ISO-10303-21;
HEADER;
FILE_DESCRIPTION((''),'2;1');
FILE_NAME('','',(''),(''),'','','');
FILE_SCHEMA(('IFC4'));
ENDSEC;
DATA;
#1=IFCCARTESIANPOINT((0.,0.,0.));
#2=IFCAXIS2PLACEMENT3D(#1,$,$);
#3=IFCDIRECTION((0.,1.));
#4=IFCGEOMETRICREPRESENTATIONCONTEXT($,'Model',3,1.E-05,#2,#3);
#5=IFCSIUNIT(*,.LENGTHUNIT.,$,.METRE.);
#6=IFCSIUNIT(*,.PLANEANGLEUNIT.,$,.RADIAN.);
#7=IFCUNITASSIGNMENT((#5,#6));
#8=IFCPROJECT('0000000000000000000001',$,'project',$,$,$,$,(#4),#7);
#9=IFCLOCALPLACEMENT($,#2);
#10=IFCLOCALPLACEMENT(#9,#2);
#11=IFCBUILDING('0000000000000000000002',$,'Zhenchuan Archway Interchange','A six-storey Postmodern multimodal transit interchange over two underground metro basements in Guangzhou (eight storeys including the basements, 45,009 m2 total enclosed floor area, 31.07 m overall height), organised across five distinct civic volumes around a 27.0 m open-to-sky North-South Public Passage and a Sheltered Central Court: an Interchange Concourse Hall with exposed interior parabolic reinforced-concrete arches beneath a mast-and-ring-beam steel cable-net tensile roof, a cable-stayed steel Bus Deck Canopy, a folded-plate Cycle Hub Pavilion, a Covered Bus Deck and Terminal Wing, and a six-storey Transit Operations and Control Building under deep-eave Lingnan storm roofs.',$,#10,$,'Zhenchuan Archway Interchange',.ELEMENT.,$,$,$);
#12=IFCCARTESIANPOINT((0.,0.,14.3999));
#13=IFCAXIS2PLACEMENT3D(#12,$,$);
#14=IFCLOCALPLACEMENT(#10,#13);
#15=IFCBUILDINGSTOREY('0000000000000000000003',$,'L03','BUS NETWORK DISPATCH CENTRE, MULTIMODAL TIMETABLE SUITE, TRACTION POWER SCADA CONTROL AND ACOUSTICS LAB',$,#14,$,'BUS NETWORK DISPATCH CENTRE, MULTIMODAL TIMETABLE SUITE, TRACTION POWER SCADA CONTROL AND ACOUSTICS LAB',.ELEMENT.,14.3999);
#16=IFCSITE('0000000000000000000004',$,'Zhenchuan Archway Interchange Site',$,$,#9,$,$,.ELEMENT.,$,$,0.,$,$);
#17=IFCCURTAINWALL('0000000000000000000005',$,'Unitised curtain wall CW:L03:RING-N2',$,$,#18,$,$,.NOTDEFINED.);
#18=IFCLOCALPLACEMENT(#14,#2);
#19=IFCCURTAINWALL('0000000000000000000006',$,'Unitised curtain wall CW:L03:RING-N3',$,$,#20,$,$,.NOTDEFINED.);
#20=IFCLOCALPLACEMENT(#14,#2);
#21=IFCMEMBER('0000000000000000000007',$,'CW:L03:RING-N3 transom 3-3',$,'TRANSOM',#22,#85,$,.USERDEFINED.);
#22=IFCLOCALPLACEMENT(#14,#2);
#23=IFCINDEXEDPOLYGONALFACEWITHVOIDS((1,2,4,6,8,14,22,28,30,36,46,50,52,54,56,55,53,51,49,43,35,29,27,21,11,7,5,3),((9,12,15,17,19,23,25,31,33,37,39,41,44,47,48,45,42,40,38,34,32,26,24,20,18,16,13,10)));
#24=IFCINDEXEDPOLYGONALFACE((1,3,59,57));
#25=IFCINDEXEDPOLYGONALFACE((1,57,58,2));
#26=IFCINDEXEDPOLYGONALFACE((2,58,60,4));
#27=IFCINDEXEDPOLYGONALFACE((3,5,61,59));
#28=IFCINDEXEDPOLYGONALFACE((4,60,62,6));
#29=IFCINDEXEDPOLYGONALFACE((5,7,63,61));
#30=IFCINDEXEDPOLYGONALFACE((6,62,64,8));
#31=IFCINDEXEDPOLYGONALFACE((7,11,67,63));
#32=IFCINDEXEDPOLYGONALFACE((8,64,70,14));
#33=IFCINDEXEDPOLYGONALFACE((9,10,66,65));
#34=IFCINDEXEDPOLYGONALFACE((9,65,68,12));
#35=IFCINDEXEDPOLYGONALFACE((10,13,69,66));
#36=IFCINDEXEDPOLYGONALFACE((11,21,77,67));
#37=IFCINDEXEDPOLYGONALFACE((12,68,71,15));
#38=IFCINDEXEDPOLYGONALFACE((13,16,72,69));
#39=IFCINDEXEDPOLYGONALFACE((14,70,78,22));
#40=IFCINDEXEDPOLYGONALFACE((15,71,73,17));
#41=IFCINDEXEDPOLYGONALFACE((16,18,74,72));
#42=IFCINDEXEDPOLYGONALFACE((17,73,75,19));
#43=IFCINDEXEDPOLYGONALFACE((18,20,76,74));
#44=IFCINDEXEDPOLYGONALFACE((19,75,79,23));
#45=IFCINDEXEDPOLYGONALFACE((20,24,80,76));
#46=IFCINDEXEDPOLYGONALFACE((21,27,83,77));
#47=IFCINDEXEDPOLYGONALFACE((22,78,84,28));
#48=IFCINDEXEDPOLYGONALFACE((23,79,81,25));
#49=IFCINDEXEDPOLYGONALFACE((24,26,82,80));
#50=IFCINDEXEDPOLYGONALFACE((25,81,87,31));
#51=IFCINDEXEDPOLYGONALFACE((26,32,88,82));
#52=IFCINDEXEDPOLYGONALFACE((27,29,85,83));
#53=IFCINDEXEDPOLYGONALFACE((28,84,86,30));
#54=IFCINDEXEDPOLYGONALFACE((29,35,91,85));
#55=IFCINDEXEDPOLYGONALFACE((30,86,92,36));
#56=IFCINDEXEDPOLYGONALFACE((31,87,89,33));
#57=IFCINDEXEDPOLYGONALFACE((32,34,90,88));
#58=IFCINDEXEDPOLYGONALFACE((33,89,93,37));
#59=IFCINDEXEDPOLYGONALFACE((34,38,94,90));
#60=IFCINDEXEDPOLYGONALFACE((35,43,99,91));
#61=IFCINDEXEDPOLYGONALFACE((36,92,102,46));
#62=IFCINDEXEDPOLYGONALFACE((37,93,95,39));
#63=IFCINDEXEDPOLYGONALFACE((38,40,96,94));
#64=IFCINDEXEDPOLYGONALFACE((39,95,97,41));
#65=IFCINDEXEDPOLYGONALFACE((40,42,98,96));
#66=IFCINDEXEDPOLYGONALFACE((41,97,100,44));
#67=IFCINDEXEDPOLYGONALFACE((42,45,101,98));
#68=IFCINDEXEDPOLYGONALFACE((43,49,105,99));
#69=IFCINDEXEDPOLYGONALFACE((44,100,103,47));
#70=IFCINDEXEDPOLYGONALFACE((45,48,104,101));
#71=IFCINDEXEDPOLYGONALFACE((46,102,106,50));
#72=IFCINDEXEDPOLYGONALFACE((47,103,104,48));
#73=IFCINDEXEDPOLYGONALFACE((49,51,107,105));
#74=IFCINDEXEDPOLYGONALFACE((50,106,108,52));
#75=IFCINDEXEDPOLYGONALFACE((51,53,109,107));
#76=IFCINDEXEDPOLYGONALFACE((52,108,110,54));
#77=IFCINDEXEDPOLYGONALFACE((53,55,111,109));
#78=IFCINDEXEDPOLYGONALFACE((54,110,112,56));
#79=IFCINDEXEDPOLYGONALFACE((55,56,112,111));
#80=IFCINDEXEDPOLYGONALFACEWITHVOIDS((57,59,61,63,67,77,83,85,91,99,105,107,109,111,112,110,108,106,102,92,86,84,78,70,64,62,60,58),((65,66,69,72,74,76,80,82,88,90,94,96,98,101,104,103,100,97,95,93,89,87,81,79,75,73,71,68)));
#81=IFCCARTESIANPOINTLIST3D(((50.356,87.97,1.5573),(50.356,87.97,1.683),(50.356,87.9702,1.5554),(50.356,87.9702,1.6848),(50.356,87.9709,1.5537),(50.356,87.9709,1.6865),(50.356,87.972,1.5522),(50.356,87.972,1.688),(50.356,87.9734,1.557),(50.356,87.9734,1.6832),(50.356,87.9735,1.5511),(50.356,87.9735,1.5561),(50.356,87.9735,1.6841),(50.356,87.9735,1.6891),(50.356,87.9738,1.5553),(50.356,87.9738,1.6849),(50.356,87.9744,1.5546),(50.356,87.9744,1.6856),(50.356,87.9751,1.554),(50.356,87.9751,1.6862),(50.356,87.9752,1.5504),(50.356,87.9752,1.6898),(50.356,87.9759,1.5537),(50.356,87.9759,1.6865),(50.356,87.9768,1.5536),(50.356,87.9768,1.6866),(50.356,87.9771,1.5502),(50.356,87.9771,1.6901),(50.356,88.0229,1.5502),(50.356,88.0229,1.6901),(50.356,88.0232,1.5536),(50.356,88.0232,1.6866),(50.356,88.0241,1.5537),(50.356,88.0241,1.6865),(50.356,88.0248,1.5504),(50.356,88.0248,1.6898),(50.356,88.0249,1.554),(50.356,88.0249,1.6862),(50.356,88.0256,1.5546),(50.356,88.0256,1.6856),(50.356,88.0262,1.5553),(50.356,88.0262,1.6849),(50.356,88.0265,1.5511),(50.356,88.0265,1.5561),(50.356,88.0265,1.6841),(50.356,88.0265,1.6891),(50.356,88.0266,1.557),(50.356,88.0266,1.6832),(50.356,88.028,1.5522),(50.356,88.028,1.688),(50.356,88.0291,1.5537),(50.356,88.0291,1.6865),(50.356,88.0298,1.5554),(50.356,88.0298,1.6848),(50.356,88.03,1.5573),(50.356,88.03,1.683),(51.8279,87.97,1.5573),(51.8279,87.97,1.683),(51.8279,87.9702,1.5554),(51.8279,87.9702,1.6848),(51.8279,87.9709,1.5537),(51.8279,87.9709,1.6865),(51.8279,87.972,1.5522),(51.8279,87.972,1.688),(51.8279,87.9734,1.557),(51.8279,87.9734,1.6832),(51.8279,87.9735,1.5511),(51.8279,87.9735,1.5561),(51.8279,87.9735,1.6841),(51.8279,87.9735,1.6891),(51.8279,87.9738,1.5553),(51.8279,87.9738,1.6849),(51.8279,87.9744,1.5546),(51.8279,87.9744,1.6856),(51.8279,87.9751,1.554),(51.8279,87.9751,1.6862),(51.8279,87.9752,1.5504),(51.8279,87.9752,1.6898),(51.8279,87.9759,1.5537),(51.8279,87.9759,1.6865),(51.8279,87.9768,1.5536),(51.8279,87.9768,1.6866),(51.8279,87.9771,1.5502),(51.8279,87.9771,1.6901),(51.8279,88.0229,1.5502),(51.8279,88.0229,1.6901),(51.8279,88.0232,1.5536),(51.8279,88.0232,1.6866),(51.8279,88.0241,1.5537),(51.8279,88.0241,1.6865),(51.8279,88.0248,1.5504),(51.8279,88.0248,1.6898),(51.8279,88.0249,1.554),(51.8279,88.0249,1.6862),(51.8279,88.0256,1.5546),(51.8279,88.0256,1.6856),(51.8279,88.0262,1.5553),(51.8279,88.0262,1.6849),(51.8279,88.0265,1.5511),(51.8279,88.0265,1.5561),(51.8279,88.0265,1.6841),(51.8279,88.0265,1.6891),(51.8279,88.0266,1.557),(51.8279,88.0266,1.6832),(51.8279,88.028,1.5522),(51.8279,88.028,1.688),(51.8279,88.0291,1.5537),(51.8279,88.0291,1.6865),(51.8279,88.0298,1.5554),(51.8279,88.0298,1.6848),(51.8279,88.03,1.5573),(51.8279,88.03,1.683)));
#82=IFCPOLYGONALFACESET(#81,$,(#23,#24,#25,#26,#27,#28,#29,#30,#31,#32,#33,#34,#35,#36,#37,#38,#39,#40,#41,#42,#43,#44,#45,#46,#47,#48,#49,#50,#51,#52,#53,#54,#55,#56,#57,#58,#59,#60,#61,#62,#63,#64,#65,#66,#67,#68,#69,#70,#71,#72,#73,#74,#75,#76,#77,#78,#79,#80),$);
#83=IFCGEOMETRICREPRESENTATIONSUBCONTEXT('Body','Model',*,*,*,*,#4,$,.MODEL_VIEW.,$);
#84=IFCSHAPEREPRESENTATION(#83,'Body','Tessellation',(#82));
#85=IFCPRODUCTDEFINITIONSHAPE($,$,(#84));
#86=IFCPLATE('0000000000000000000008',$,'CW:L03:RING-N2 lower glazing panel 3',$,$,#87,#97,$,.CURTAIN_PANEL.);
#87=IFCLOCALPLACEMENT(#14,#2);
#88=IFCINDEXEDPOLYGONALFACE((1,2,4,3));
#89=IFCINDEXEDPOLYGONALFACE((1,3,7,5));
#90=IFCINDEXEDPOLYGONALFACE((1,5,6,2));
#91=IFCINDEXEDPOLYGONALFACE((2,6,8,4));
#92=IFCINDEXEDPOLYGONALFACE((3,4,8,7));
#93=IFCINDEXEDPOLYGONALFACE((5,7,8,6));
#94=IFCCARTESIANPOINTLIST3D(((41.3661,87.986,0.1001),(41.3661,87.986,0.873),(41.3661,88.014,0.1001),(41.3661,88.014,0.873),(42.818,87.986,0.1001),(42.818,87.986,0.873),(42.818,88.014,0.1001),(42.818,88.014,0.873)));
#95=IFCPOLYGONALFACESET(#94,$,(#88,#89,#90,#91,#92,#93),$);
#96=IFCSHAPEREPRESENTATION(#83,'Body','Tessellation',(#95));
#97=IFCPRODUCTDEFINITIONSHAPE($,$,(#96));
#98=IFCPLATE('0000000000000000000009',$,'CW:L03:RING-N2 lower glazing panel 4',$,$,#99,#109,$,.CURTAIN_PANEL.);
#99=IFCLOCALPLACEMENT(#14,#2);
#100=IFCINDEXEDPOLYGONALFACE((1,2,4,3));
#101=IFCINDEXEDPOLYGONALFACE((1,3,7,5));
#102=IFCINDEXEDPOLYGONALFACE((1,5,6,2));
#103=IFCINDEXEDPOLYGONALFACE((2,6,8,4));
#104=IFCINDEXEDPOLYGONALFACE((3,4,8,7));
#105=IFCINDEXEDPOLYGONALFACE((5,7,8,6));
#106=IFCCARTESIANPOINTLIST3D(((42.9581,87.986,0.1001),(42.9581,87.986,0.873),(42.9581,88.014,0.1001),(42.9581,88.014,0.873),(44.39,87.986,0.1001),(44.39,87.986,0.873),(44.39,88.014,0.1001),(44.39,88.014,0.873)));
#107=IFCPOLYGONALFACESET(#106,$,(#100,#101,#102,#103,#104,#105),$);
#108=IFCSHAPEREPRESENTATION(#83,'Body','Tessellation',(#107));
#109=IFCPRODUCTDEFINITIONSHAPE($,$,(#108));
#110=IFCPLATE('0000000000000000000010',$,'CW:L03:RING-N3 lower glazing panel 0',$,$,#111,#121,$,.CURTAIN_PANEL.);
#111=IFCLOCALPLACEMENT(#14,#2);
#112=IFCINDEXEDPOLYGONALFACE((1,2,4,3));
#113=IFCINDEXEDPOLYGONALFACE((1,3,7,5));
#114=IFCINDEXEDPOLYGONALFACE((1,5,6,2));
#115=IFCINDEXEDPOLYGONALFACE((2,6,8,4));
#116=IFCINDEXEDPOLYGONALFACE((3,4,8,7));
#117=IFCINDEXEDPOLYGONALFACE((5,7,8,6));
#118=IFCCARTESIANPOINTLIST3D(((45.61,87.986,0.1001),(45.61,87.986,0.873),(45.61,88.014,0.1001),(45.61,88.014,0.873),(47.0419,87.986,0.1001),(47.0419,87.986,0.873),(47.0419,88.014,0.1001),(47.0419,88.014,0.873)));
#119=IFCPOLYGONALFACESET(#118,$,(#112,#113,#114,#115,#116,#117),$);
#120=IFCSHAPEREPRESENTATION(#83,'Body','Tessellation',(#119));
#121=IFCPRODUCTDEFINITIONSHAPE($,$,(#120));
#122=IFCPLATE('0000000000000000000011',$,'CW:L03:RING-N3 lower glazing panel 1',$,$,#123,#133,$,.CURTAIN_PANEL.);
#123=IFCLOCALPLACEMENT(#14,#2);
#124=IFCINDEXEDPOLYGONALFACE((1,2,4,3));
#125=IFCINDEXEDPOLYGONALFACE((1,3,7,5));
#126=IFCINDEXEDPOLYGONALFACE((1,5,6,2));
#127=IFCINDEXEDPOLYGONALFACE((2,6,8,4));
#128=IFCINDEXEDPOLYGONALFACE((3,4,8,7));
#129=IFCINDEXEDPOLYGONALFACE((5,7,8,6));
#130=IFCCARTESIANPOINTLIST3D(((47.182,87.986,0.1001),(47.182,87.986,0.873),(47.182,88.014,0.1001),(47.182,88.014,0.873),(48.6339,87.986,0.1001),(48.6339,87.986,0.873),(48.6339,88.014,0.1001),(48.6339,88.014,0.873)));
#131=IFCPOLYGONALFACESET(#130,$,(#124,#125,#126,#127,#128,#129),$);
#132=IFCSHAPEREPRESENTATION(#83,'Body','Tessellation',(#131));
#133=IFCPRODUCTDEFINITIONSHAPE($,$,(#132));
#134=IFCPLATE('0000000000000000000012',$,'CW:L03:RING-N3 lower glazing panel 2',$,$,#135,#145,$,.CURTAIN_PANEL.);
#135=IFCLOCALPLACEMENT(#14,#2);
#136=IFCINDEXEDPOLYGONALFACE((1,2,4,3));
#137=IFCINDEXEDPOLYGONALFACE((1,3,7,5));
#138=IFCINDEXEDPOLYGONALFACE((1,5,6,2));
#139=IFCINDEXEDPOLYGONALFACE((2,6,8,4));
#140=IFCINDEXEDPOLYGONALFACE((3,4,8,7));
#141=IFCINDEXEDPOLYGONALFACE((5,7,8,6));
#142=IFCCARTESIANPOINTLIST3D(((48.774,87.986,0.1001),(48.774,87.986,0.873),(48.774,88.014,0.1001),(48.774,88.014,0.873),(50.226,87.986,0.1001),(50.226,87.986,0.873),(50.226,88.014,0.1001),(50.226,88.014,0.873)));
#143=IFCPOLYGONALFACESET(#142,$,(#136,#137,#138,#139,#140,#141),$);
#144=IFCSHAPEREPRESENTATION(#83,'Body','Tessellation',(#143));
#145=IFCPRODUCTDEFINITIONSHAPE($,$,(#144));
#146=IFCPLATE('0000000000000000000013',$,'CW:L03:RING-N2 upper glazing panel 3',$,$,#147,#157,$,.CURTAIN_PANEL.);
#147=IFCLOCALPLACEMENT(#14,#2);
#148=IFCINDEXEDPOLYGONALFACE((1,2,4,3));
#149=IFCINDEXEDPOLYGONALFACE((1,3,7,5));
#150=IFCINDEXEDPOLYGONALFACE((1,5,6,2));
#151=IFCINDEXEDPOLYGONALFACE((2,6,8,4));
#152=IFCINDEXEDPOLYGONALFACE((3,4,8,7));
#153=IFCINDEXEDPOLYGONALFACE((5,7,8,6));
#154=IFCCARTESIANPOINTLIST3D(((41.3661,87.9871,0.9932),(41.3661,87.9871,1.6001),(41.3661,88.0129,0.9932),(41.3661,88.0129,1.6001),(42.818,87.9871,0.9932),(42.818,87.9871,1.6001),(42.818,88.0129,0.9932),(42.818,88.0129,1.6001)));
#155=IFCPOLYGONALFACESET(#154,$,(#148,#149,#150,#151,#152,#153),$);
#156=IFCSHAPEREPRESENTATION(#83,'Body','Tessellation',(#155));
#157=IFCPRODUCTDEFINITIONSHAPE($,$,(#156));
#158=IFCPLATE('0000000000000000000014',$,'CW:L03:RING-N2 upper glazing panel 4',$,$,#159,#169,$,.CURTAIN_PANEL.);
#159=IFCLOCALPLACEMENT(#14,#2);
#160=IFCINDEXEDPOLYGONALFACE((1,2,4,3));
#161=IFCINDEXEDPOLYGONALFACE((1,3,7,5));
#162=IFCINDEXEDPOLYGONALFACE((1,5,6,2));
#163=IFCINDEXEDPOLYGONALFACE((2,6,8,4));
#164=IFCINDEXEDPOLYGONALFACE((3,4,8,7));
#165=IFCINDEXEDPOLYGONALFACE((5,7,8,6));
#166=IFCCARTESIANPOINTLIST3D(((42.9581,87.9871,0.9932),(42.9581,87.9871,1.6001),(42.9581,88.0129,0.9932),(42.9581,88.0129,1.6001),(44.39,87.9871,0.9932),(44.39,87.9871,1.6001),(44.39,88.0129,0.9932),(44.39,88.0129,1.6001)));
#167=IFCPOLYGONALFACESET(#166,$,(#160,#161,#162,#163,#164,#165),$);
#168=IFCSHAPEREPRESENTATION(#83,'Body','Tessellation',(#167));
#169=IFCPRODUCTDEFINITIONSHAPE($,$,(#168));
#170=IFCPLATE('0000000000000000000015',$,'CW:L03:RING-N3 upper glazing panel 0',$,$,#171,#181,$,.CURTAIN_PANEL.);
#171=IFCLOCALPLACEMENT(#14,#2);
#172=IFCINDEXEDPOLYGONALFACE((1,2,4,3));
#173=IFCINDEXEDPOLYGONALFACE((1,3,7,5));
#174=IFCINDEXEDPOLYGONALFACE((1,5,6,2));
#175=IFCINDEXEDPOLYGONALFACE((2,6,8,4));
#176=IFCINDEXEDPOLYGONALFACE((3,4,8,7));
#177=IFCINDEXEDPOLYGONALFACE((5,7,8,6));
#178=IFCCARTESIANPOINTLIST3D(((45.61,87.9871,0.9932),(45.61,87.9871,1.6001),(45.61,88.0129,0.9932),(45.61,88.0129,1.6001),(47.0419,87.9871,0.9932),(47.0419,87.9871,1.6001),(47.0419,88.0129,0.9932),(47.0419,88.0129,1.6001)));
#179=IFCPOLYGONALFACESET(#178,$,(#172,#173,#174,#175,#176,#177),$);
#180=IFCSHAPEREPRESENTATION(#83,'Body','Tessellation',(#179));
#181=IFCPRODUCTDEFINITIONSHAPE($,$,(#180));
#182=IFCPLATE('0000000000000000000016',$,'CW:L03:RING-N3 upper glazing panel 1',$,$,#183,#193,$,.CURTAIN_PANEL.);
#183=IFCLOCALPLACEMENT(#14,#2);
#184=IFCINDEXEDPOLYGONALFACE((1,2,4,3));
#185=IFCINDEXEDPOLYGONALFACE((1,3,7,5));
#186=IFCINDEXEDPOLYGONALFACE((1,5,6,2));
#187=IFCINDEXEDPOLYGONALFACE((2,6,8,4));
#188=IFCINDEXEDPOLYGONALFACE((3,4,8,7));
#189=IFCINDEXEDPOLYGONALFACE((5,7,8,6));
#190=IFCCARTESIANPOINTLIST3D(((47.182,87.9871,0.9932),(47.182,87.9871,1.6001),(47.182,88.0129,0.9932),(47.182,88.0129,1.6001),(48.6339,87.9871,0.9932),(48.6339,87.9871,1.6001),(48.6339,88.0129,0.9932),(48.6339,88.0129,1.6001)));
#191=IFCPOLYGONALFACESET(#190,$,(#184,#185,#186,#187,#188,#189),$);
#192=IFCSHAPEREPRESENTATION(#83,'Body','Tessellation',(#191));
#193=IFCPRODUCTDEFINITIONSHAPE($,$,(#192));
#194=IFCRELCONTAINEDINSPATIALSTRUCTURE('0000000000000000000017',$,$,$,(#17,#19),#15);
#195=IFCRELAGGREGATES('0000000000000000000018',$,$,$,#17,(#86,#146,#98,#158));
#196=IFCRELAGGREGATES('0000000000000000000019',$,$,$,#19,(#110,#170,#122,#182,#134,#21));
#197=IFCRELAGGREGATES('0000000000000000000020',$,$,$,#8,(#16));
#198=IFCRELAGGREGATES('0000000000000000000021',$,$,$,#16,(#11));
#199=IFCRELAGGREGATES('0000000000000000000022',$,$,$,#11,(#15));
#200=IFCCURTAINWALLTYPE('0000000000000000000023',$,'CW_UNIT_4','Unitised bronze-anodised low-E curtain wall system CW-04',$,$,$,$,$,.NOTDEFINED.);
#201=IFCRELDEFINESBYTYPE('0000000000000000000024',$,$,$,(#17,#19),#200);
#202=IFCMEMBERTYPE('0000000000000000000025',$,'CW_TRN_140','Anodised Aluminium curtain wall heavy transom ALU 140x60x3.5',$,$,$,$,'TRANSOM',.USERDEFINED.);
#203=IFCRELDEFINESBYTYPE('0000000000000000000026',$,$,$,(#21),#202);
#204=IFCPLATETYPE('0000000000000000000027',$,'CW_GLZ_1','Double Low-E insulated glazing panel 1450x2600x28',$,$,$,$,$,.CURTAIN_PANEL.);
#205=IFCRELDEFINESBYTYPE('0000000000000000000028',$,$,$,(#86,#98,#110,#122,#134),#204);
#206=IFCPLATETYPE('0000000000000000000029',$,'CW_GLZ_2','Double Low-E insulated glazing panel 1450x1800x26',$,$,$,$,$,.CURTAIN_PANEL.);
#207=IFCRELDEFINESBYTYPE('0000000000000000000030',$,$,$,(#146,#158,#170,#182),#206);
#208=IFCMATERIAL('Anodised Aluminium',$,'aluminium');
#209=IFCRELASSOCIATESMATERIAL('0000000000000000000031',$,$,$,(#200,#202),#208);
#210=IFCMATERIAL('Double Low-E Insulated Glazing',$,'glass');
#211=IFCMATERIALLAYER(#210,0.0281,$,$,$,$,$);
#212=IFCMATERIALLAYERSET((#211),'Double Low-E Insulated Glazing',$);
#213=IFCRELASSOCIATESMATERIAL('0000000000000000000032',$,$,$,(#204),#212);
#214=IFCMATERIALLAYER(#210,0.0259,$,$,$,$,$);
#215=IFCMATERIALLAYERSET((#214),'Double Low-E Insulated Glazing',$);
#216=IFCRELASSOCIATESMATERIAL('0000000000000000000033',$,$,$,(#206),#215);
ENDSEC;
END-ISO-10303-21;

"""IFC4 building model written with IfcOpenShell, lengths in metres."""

from ifc_helpers import new_model, si_unit, direction, frame, origin, origin_2d, place, context, subcontext, project, spatial, rectangle, hollow_rectangle, extrude, material, layer, layer_set, material_profile, profile_set, type_object, element, aggregate, save


model = new_model("IFC4")

# Units and contexts
model_context = context("Model", 3, precision=1e-05, world=origin(), true_north=direction((0.0, 1.0)))
body_context = subcontext(model_context, "Body", "Model", "MODEL_VIEW")
ifc_project = project(units=[si_unit("LENGTHUNIT", "METRE"), si_unit("PLANEANGLEUNIT", "RADIAN")], contexts=[model_context])

# Site, building, storey
site_placement = place(None, origin())
site = spatial("IfcSite", under=ifc_project, at=site_placement, Name="Zhenchuan Archway Interchange Site", CompositionType="ELEMENT", RefElevation=0.0)
building_placement = place(site_placement, origin())
building = spatial("IfcBuilding", under=site, at=building_placement, Name="Zhenchuan Archway Interchange", Description="A six-storey Postmodern multimodal transit interchange over two underground metro basements in Guangzhou (eight storeys including the basements, 45,009 m2 total enclosed floor area, 31.07 m overall height), organised across five distinct civic volumes around a 27.0 m open-to-sky North-South Public Passage and a Sheltered Central Court: an Interchange Concourse Hall with exposed interior parabolic reinforced-concrete arches beneath a mast-and-ring-beam steel cable-net tensile roof, a cable-stayed steel Bus Deck Canopy, a folded-plate Cycle Hub Pavilion, a Covered Bus Deck and Terminal Wing, and a six-storey Transit Operations and Control Building under deep-eave Lingnan storm roofs.", LongName="Zhenchuan Archway Interchange", CompositionType="ELEMENT")
storey_placement = place(building_placement, frame((0.0, 0.0, 14.3999)))
storey = spatial("IfcBuildingStorey", under=building, at=storey_placement, Name="L03", Description="BUS NETWORK DISPATCH CENTRE, MULTIMODAL TIMETABLE SUITE, TRACTION POWER SCADA CONTROL AND ACOUSTICS LAB", LongName="BUS NETWORK DISPATCH CENTRE, MULTIMODAL TIMETABLE SUITE, TRACTION POWER SCADA CONTROL AND ACOUSTICS LAB", CompositionType="ELEMENT", Elevation=14.3999)

# Curtain walls
ifc_material_1 = material(Name="Anodised Aluminium", Category="aluminium")
curtain_wall_type = type_object("IfcCurtainWallType", Name="CW_UNIT_4", Description="Unitised bronze-anodised low-E curtain wall system CW-04", PredefinedType="NOTDEFINED", material=ifc_material_1)
curtain_wall_1_placement = place(storey_placement, origin())
curtain_wall_1 = element("IfcCurtainWall", 1, at=curtain_wall_1_placement, inside=storey, type_object=curtain_wall_type, Name="Unitised curtain wall CW:L03:RING-N2", PredefinedType="NOTDEFINED")
curtain_wall_2_placement = place(storey_placement, origin())
curtain_wall_2 = element("IfcCurtainWall", 2, at=curtain_wall_2_placement, inside=storey, type_object=curtain_wall_type, Name="Unitised curtain wall CW:L03:RING-N3", PredefinedType="NOTDEFINED")

# Member
ifc_material_profile_1 = material_profile(ifc_material_1, hollow_rectangle(XDim=0.0601, YDim=0.1399, WallThickness=0.0034, InnerFilletRadius=0.0034, OuterFilletRadius=0.0071, at=origin_2d()), Name="ALU 140x60x3.5")
ifc_profile_set_1 = profile_set([ifc_material_profile_1], Name="Anodised Aluminium")
member_type_1 = type_object("IfcMemberType", Name="CW_TRN_140", Description="Anodised Aluminium curtain wall heavy transom ALU 140x60x3.5", ElementType="TRANSOM", PredefinedType="USERDEFINED", material=ifc_profile_set_1)
member_1_placement = place(storey_placement, frame((50.356, 88.0, 1.6201), z_axis=(1.0, 0.0, 0.0), x_axis=(0.0, 1.0, 0.0)))
member_1 = element("IfcMember", 3, at=member_1_placement, type_object=member_type_1, Name="CW:L03:RING-N3 transom 3-3", ObjectType="TRANSOM", PredefinedType="USERDEFINED", context=body_context, shape_type="SweptSolid", body=[
    extrude(hollow_rectangle(XDim=0.0601, YDim=0.1399, WallThickness=0.0034, InnerFilletRadius=0.0034, OuterFilletRadius=0.0071, at=origin_2d()), origin(), (0.0, 0.0, 1.0), 1.4719),
])

# Plates
ifc_material_2 = material(Name="Double Low-E Insulated Glazing", Category="glass")
ifc_layer_1 = layer(ifc_material_2, 0.0281)
ifc_layer_set_1 = layer_set([ifc_layer_1], Name="Double Low-E Insulated Glazing")
plate_type_1 = type_object("IfcPlateType", Name="CW_GLZ_1", Description="Double Low-E insulated glazing panel 1450x2600x28", PredefinedType="CURTAIN_PANEL", material=ifc_layer_set_1)
plate_1_placement = place(storey_placement, frame((42.092, 88.0, 0.1001), z_axis=(0.0, 0.0, 1.0), x_axis=(1.0, 0.0, 0.0)))
plate_1 = element("IfcPlate", 4, at=plate_1_placement, type_object=plate_type_1, Name="CW:L03:RING-N2 lower glazing panel 3", PredefinedType="CURTAIN_PANEL", context=body_context, shape_type="SweptSolid", body=[
    extrude(rectangle(XDim=1.4519, YDim=0.0281, at=origin_2d()), origin(), (0.0, 0.0, 1.0), 0.7729),
])
plate_2_placement = place(storey_placement, frame((43.6741, 88.0, 0.1001), z_axis=(0.0, 0.0, 1.0), x_axis=(1.0, 0.0, 0.0)))
plate_2 = element("IfcPlate", 5, at=plate_2_placement, type_object=plate_type_1, Name="CW:L03:RING-N2 lower glazing panel 4", PredefinedType="CURTAIN_PANEL", context=body_context, shape_type="SweptSolid", body=[
    extrude(rectangle(XDim=1.4319, YDim=0.0281, at=origin_2d()), origin(), (0.0, 0.0, 1.0), 0.7729),
])
plate_3_placement = place(storey_placement, frame((46.3259, 88.0, 0.1001), z_axis=(0.0, 0.0, 1.0), x_axis=(1.0, 0.0, 0.0)))
plate_3 = element("IfcPlate", 6, at=plate_3_placement, type_object=plate_type_1, Name="CW:L03:RING-N3 lower glazing panel 0", PredefinedType="CURTAIN_PANEL", context=body_context, shape_type="SweptSolid", body=[
    extrude(rectangle(XDim=1.4319, YDim=0.0281, at=origin_2d()), origin(), (0.0, 0.0, 1.0), 0.7729),
])
plate_4_placement = place(storey_placement, frame((47.908, 88.0, 0.1001), z_axis=(0.0, 0.0, 1.0), x_axis=(1.0, 0.0, 0.0)))
plate_4 = element("IfcPlate", 7, at=plate_4_placement, type_object=plate_type_1, Name="CW:L03:RING-N3 lower glazing panel 1", PredefinedType="CURTAIN_PANEL", context=body_context, shape_type="SweptSolid", body=[
    extrude(rectangle(XDim=1.4519, YDim=0.0281, at=origin_2d()), origin(), (0.0, 0.0, 1.0), 0.7729),
])
plate_5_placement = place(storey_placement, frame((49.5, 88.0, 0.1001), z_axis=(0.0, 0.0, 1.0), x_axis=(1.0, 0.0, 0.0)))
plate_5 = element("IfcPlate", 8, at=plate_5_placement, type_object=plate_type_1, Name="CW:L03:RING-N3 lower glazing panel 2", PredefinedType="CURTAIN_PANEL", context=body_context, shape_type="SweptSolid", body=[
    extrude(rectangle(XDim=1.4519, YDim=0.0281, at=origin_2d()), origin(), (0.0, 0.0, 1.0), 0.7729),
])
ifc_layer_2 = layer(ifc_material_2, 0.0259)
ifc_layer_set_2 = layer_set([ifc_layer_2], Name="Double Low-E Insulated Glazing")
plate_type_2 = type_object("IfcPlateType", Name="CW_GLZ_2", Description="Double Low-E insulated glazing panel 1450x1800x26", PredefinedType="CURTAIN_PANEL", material=ifc_layer_set_2)
plate_6_placement = place(storey_placement, frame((42.092, 88.0, 0.9932), z_axis=(0.0, 0.0, 1.0), x_axis=(1.0, 0.0, 0.0)))
plate_6 = element("IfcPlate", 9, at=plate_6_placement, type_object=plate_type_2, Name="CW:L03:RING-N2 upper glazing panel 3", PredefinedType="CURTAIN_PANEL", context=body_context, shape_type="SweptSolid", body=[
    extrude(rectangle(XDim=1.4519, YDim=0.0259, at=origin_2d()), origin(), (0.0, 0.0, 1.0), 0.6069),
])
plate_7_placement = place(storey_placement, frame((43.6741, 88.0, 0.9932), z_axis=(0.0, 0.0, 1.0), x_axis=(1.0, 0.0, 0.0)))
plate_7 = element("IfcPlate", 10, at=plate_7_placement, type_object=plate_type_2, Name="CW:L03:RING-N2 upper glazing panel 4", PredefinedType="CURTAIN_PANEL", context=body_context, shape_type="SweptSolid", body=[
    extrude(rectangle(XDim=1.4319, YDim=0.0259, at=origin_2d()), origin(), (0.0, 0.0, 1.0), 0.6069),
])
aggregate(curtain_wall_1, [plate_1, plate_6, plate_2, plate_7])
plate_8_placement = place(storey_placement, frame((46.3259, 88.0, 0.9932), z_axis=(0.0, 0.0, 1.0), x_axis=(1.0, 0.0, 0.0)))
plate_8 = element("IfcPlate", 11, at=plate_8_placement, type_object=plate_type_2, Name="CW:L03:RING-N3 upper glazing panel 0", PredefinedType="CURTAIN_PANEL", context=body_context, shape_type="SweptSolid", body=[
    extrude(rectangle(XDim=1.4319, YDim=0.0259, at=origin_2d()), origin(), (0.0, 0.0, 1.0), 0.6069),
])
plate_9_placement = place(storey_placement, frame((47.908, 88.0, 0.9932), z_axis=(0.0, 0.0, 1.0), x_axis=(1.0, 0.0, 0.0)))
plate_9 = element("IfcPlate", 12, at=plate_9_placement, type_object=plate_type_2, Name="CW:L03:RING-N3 upper glazing panel 1", PredefinedType="CURTAIN_PANEL", context=body_context, shape_type="SweptSolid", body=[
    extrude(rectangle(XDim=1.4519, YDim=0.0259, at=origin_2d()), origin(), (0.0, 0.0, 1.0), 0.6069),
])
aggregate(curtain_wall_2, [plate_3, plate_8, plate_4, plate_9, plate_5, member_1])

save(model, "model.ifc")
